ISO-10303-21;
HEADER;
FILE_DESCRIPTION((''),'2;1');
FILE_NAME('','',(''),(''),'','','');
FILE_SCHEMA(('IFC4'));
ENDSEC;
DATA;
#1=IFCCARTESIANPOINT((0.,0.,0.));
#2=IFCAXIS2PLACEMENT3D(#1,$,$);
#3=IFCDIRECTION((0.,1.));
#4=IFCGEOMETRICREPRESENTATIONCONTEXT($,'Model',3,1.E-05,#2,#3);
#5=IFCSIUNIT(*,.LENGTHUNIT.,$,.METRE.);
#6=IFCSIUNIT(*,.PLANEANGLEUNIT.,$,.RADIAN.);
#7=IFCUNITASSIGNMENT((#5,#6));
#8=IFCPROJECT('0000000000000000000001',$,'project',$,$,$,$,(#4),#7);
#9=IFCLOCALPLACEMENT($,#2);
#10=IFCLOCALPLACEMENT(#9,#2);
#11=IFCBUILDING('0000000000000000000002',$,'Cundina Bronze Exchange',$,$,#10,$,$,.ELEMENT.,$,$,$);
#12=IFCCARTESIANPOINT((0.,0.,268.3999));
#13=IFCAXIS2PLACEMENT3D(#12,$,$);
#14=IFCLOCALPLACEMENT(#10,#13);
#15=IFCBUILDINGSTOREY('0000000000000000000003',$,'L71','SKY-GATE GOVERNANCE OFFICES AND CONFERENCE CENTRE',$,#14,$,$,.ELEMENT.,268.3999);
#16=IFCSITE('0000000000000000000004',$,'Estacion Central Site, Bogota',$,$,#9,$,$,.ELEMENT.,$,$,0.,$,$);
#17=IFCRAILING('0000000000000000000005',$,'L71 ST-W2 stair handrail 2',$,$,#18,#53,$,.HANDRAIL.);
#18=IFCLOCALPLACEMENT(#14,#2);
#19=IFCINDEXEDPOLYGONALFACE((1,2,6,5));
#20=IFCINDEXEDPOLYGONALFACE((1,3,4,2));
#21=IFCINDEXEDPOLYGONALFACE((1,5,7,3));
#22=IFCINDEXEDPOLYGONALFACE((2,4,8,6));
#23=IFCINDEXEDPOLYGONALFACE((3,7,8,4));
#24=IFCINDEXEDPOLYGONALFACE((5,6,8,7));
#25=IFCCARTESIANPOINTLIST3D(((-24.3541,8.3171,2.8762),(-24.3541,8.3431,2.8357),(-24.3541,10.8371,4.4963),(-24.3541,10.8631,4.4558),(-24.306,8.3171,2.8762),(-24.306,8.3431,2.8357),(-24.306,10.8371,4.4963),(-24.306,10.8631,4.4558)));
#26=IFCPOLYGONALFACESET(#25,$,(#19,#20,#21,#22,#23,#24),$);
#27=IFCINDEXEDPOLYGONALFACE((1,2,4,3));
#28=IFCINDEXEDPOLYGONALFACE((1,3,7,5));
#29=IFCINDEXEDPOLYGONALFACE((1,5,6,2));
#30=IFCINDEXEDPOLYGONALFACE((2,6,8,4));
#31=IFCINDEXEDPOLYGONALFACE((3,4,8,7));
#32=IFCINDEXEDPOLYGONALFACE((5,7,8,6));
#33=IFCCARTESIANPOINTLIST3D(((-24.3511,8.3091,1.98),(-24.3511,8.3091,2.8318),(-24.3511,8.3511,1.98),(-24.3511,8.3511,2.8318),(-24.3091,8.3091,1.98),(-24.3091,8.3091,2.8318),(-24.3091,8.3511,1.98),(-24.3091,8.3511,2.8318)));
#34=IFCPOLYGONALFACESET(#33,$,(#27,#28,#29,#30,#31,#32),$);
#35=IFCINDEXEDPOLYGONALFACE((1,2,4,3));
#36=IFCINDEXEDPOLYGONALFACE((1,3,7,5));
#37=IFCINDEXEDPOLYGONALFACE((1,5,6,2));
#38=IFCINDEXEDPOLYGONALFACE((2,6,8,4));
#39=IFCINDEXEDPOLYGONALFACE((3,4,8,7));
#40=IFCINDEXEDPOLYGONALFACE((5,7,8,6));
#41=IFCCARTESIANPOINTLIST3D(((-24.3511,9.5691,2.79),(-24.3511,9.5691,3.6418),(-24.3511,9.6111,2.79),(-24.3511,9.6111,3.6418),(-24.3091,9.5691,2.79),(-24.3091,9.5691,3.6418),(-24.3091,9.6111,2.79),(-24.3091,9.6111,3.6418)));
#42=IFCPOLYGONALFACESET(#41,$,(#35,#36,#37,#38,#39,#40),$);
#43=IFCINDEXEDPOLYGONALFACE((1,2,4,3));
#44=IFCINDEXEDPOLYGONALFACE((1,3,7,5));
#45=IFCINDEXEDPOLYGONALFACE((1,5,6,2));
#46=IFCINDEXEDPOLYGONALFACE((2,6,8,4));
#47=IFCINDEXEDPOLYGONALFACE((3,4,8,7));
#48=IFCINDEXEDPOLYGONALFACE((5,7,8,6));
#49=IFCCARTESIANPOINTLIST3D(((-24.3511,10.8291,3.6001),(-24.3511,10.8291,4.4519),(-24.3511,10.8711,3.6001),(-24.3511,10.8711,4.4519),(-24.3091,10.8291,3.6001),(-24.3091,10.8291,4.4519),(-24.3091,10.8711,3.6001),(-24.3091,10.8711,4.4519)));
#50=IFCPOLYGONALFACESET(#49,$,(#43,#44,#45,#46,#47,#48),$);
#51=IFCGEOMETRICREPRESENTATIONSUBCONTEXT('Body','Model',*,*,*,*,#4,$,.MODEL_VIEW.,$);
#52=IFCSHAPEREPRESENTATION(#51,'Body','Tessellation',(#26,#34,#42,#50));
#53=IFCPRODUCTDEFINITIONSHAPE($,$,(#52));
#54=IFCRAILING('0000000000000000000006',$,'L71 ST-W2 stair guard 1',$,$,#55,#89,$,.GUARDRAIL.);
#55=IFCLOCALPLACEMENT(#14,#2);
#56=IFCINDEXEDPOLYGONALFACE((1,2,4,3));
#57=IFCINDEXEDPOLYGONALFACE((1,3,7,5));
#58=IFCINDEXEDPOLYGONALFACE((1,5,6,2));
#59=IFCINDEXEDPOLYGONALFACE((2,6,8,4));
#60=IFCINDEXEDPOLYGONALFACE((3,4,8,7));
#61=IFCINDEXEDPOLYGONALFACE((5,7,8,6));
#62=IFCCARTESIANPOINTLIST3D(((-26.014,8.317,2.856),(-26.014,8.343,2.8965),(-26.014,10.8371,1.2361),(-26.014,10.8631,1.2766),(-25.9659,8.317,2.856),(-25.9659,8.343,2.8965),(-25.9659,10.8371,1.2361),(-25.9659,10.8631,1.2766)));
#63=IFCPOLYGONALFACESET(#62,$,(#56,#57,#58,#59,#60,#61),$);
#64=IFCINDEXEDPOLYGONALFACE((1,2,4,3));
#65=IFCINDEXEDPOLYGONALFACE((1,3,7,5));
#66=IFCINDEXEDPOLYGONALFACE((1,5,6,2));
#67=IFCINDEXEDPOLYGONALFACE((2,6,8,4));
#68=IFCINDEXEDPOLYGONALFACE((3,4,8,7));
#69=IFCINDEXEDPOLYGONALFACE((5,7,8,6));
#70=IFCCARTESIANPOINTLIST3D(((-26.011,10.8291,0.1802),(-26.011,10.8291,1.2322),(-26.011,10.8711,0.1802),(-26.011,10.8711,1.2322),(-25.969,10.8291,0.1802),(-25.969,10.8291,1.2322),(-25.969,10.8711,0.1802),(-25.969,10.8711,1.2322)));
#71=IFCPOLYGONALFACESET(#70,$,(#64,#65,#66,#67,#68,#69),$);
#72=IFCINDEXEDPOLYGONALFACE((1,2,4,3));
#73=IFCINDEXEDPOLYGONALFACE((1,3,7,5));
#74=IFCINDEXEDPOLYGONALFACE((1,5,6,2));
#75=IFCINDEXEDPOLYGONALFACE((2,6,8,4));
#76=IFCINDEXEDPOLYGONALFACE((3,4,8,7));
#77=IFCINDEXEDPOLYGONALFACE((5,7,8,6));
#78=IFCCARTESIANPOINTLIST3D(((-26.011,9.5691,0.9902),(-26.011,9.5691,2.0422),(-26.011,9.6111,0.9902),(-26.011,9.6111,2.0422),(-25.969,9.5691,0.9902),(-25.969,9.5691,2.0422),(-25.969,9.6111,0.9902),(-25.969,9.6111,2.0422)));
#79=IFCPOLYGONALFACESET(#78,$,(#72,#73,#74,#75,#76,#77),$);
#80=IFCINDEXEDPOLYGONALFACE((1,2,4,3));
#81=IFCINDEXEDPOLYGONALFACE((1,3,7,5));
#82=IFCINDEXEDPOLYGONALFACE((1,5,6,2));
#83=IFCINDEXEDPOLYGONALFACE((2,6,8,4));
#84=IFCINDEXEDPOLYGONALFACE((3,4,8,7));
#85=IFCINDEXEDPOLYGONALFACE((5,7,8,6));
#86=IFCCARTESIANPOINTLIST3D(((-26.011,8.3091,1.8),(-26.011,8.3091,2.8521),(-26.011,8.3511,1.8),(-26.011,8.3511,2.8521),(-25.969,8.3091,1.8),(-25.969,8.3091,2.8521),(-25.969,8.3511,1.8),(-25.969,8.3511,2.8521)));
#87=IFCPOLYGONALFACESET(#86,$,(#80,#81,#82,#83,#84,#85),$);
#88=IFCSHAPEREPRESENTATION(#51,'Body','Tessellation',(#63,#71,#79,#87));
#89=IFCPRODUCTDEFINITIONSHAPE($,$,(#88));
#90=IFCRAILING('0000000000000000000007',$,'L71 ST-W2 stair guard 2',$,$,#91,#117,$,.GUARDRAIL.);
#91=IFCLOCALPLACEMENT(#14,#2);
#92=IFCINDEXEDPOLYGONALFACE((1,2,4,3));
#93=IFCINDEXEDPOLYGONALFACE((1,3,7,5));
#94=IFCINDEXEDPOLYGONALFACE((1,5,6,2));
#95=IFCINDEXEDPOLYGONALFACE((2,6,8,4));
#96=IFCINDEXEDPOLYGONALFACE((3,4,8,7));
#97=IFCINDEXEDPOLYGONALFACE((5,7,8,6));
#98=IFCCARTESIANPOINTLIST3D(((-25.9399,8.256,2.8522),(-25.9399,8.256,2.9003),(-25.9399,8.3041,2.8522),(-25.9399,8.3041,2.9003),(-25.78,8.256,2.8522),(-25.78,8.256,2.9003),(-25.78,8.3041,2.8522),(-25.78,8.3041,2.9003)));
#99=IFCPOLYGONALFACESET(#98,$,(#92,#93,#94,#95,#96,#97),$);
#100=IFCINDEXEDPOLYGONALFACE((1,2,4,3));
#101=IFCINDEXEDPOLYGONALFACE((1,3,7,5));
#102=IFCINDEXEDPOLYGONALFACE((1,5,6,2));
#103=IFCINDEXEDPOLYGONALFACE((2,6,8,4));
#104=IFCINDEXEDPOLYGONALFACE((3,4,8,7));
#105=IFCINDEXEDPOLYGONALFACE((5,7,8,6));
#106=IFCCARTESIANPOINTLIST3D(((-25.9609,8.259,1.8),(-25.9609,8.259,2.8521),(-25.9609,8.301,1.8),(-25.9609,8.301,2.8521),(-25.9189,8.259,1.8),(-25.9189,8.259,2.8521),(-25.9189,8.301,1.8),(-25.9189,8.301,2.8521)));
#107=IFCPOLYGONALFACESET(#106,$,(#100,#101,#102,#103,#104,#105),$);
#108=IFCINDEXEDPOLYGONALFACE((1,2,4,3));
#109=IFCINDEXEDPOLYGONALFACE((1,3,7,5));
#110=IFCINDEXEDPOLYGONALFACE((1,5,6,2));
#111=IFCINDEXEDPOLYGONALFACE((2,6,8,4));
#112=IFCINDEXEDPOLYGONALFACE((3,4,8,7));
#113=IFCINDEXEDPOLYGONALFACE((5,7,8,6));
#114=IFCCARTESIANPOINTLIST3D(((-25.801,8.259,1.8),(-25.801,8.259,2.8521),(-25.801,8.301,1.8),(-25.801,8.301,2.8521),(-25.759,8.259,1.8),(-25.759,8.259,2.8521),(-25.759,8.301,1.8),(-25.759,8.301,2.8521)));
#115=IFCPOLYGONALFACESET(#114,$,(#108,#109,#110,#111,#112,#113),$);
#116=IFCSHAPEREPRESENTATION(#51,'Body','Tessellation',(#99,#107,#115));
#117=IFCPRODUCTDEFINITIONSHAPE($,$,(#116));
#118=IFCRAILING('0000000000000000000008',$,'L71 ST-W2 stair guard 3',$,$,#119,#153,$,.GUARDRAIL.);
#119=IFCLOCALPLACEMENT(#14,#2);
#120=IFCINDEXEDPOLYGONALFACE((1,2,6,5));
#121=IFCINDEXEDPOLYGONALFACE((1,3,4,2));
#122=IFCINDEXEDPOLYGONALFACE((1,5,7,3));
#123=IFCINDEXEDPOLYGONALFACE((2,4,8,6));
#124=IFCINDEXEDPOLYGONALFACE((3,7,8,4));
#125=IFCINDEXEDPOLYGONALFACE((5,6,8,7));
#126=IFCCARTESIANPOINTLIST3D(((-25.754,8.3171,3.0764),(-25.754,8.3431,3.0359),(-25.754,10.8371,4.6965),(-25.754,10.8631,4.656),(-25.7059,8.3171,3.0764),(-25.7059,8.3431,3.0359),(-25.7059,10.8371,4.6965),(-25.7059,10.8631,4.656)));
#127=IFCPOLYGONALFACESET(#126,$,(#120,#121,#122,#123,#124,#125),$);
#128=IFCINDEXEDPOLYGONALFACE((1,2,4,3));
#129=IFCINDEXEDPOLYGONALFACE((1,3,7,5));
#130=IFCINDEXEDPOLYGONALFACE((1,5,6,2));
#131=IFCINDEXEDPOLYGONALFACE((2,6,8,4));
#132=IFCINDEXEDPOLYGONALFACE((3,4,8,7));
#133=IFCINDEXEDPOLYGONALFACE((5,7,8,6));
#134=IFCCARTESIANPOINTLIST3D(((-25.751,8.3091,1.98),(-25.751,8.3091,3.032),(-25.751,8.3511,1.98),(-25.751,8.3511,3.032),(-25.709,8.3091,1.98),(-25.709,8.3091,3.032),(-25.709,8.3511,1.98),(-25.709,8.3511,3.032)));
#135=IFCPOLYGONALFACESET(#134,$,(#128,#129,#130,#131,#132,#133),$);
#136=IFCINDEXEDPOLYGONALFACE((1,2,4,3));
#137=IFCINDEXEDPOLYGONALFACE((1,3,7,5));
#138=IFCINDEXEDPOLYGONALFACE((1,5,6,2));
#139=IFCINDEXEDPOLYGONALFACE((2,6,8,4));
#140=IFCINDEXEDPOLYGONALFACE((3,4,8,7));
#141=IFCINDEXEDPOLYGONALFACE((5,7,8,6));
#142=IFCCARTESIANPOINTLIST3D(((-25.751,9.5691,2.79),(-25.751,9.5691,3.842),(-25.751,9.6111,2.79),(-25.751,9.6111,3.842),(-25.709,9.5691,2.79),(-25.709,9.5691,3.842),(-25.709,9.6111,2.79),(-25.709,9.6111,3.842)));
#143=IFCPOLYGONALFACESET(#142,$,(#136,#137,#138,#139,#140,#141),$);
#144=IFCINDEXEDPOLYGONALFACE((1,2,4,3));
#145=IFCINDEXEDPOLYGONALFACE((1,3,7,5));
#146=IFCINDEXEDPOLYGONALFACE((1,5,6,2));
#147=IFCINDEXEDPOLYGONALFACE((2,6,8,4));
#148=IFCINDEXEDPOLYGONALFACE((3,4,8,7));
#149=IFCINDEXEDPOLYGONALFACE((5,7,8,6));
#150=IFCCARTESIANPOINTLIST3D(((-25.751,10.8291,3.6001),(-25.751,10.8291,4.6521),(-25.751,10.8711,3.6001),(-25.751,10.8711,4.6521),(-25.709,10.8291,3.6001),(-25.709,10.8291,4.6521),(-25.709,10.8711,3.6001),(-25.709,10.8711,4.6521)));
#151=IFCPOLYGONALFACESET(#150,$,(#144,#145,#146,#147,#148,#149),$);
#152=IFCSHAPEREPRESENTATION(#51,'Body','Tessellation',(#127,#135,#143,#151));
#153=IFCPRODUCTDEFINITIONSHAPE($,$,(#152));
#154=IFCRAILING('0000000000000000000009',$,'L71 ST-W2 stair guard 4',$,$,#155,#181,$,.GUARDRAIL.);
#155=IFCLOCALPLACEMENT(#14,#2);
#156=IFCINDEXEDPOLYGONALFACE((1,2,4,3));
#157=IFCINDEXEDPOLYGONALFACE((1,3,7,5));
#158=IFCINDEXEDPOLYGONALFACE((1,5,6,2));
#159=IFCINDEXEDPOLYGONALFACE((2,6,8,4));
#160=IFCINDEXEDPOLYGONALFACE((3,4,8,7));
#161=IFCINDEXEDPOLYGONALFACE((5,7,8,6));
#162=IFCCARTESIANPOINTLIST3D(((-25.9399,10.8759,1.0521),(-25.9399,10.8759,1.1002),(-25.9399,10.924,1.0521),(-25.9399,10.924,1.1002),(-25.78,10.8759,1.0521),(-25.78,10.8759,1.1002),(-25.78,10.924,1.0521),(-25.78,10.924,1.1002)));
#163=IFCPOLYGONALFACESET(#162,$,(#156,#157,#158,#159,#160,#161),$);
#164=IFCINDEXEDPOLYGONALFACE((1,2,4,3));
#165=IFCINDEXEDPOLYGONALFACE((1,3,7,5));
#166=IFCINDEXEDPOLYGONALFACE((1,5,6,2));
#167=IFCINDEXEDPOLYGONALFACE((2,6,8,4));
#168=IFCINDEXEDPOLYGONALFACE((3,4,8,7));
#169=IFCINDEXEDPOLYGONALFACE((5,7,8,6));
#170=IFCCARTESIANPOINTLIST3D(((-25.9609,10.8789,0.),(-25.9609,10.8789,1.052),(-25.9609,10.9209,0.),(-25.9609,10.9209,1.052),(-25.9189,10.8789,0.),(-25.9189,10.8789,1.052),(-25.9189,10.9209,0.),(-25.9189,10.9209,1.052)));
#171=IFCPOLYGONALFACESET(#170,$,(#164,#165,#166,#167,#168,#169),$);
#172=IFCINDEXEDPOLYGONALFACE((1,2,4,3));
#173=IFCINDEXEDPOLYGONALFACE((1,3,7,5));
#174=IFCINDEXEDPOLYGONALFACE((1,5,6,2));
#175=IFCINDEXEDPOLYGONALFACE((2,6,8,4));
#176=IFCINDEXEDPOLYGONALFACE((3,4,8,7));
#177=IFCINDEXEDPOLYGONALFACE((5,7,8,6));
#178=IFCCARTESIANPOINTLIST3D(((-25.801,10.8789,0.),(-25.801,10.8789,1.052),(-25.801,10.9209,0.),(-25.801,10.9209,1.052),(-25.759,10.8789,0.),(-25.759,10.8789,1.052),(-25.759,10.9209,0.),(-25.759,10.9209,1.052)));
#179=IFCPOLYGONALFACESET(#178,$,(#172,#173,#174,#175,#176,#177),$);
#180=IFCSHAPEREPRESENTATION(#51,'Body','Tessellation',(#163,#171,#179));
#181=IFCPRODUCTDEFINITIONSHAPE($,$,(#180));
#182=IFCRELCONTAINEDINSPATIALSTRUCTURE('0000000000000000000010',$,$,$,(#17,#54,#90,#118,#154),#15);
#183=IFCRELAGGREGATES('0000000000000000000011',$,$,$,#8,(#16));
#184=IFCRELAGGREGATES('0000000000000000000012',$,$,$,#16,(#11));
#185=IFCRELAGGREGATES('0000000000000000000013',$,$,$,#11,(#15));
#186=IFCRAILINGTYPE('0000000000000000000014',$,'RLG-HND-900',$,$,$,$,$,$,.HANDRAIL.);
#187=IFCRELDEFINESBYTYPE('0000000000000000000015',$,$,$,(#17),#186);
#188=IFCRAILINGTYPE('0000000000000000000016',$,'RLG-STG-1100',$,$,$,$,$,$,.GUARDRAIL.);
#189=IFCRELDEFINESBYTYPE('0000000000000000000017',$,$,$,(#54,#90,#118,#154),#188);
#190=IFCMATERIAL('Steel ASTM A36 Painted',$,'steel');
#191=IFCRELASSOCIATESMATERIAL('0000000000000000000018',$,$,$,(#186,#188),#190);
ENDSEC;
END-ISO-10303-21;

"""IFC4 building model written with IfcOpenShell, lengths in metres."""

from ifc_helpers import new_model, si_unit, direction, frame, origin, origin_2d, place, context, subcontext, project, spatial, rectangle, extrude, material, type_object, element, save


model = new_model("IFC4")

# Units and contexts
model_context = context("Model", 3, precision=1e-05, world=origin(), true_north=direction((0.0, 1.0)))
body_context = subcontext(model_context, "Body", "Model", "MODEL_VIEW")
ifc_project = project(units=[si_unit("LENGTHUNIT", "METRE"), si_unit("PLANEANGLEUNIT", "RADIAN")], contexts=[model_context])

# Site, building, storey
site_placement = place(None, origin())
site = spatial("IfcSite", under=ifc_project, at=site_placement, Name="Estacion Central Site, Bogota", CompositionType="ELEMENT", RefElevation=0.0)
building_placement = place(site_placement, origin())
building = spatial("IfcBuilding", under=site, at=building_placement, Name="Cundina Bronze Exchange", CompositionType="ELEMENT")
storey_placement = place(building_placement, frame((0.0, 0.0, 268.3999)))
storey = spatial("IfcBuildingStorey", under=building, at=storey_placement, Name="L71", Description="SKY-GATE GOVERNANCE OFFICES AND CONFERENCE CENTRE", CompositionType="ELEMENT", Elevation=268.3999)

# Shared definitions
ifc_material_1 = material(Name="Steel ASTM A36 Painted", Category="steel")

# Railings
railing_type_1 = type_object("IfcRailingType", Name="RLG-HND-900", PredefinedType="HANDRAIL", material=ifc_material_1)
railing_1_placement = place(storey_placement, frame((-24.3301, 8.3301, 1.98)))
element("IfcRailing", 1, at=railing_1_placement, inside=storey, type_object=railing_type_1, Name="L71 ST-W2 stair handrail 2", PredefinedType="HANDRAIL", context=body_context, shape_type="SweptSolid", body=[
    extrude(rectangle(XDim=0.0481, YDim=0.0481, at=origin_2d()), frame((0.0, 0.0, 0.876), z_axis=(0.0, 0.841163, 0.540782), x_axis=(-1.0, 0.0, 0.0)), (0.0, 0.0, 1.0), 2.9958),
    extrude(rectangle(XDim=0.042, YDim=0.042, at=origin_2d()), origin(), (0.0, 0.0, 1.0), 0.8518),
    extrude(rectangle(XDim=0.042, YDim=0.042, at=origin_2d()), frame((0.0, 1.26, 0.8101)), (0.0, 0.0, 1.0), 0.8518),
    extrude(rectangle(XDim=0.042, YDim=0.042, at=origin_2d()), frame((0.0, 2.52, 1.6201)), (0.0, 0.0, 1.0), 0.8518),
])
railing_type_2 = type_object("IfcRailingType", Name="RLG-STG-1100", PredefinedType="GUARDRAIL", material=ifc_material_1)
railing_2_placement = place(storey_placement, frame((-25.99, 10.8501, 0.1802)))
element("IfcRailing", 2, at=railing_2_placement, inside=storey, type_object=railing_type_2, Name="L71 ST-W2 stair guard 1", PredefinedType="GUARDRAIL", context=body_context, shape_type="SweptSolid", body=[
    extrude(rectangle(XDim=0.0481, YDim=0.0481, at=origin_2d()), frame((0.0, 0.0, 1.0762), z_axis=(0.0, -0.8412, 0.540725), x_axis=(1.0, 0.0, 0.0)), (0.0, 0.0, 1.0), 2.9958),
    extrude(rectangle(XDim=0.042, YDim=0.042, at=origin_2d()), origin(), (0.0, 0.0, 1.0), 1.052),
    extrude(rectangle(XDim=0.042, YDim=0.042, at=origin_2d()), frame((0.0, -1.26, 0.8101)), (0.0, 0.0, 1.0), 1.052),
    extrude(rectangle(XDim=0.042, YDim=0.042, at=origin_2d()), frame((0.0, -2.52, 1.6199)), (0.0, 0.0, 1.0), 1.052),
])
railing_3_placement = place(storey_placement, frame((-25.9399, 8.28, 1.8)))
element("IfcRailing", 3, at=railing_3_placement, inside=storey, type_object=railing_type_2, Name="L71 ST-W2 stair guard 2", PredefinedType="GUARDRAIL", context=body_context, shape_type="SweptSolid", body=[
    extrude(rectangle(XDim=0.0481, YDim=0.0481, at=origin_2d()), frame((0.0, 0.0, 1.0762), z_axis=(1.0, 0.0, 0.0), x_axis=(0.0, 1.0, 0.0)), (0.0, 0.0, 1.0), 0.1599),
    extrude(rectangle(XDim=0.042, YDim=0.042, at=origin_2d()), origin(), (0.0, 0.0, 1.0), 1.052),
    extrude(rectangle(XDim=0.042, YDim=0.042, at=origin_2d()), frame((0.1599, 0.0, 0.0)), (0.0, 0.0, 1.0), 1.052),
])
railing_4_placement = place(storey_placement, frame((-25.73, 8.3301, 1.98)))
element("IfcRailing", 4, at=railing_4_placement, inside=storey, type_object=railing_type_2, Name="L71 ST-W2 stair guard 3", PredefinedType="GUARDRAIL", context=body_context, shape_type="SweptSolid", body=[
    extrude(rectangle(XDim=0.0481, YDim=0.0481, at=origin_2d()), frame((0.0, 0.0, 1.0762), z_axis=(0.0, 0.841163, 0.540782), x_axis=(-1.0, 0.0, 0.0)), (0.0, 0.0, 1.0), 2.9958),
    extrude(rectangle(XDim=0.042, YDim=0.042, at=origin_2d()), origin(), (0.0, 0.0, 1.0), 1.052),
    extrude(rectangle(XDim=0.042, YDim=0.042, at=origin_2d()), frame((0.0, 1.26, 0.8101)), (0.0, 0.0, 1.0), 1.052),
    extrude(rectangle(XDim=0.042, YDim=0.042, at=origin_2d()), frame((0.0, 2.52, 1.6201)), (0.0, 0.0, 1.0), 1.052),
])
railing_5_placement = place(storey_placement, frame((-25.9399, 10.8999, 0.0)))
element("IfcRailing", 5, at=railing_5_placement, inside=storey, type_object=railing_type_2, Name="L71 ST-W2 stair guard 4", PredefinedType="GUARDRAIL", context=body_context, shape_type="SweptSolid", body=[
    extrude(rectangle(XDim=0.0481, YDim=0.0481, at=origin_2d()), frame((0.0, 0.0, 1.0762), z_axis=(1.0, 0.0, 0.0), x_axis=(0.0, 1.0, 0.0)), (0.0, 0.0, 1.0), 0.1599),
    extrude(rectangle(XDim=0.042, YDim=0.042, at=origin_2d()), origin(), (0.0, 0.0, 1.0), 1.052),
    extrude(rectangle(XDim=0.042, YDim=0.042, at=origin_2d()), frame((0.1599, 0.0, 0.0)), (0.0, 0.0, 1.0), 1.052),
])

save(model, "model.ifc")
